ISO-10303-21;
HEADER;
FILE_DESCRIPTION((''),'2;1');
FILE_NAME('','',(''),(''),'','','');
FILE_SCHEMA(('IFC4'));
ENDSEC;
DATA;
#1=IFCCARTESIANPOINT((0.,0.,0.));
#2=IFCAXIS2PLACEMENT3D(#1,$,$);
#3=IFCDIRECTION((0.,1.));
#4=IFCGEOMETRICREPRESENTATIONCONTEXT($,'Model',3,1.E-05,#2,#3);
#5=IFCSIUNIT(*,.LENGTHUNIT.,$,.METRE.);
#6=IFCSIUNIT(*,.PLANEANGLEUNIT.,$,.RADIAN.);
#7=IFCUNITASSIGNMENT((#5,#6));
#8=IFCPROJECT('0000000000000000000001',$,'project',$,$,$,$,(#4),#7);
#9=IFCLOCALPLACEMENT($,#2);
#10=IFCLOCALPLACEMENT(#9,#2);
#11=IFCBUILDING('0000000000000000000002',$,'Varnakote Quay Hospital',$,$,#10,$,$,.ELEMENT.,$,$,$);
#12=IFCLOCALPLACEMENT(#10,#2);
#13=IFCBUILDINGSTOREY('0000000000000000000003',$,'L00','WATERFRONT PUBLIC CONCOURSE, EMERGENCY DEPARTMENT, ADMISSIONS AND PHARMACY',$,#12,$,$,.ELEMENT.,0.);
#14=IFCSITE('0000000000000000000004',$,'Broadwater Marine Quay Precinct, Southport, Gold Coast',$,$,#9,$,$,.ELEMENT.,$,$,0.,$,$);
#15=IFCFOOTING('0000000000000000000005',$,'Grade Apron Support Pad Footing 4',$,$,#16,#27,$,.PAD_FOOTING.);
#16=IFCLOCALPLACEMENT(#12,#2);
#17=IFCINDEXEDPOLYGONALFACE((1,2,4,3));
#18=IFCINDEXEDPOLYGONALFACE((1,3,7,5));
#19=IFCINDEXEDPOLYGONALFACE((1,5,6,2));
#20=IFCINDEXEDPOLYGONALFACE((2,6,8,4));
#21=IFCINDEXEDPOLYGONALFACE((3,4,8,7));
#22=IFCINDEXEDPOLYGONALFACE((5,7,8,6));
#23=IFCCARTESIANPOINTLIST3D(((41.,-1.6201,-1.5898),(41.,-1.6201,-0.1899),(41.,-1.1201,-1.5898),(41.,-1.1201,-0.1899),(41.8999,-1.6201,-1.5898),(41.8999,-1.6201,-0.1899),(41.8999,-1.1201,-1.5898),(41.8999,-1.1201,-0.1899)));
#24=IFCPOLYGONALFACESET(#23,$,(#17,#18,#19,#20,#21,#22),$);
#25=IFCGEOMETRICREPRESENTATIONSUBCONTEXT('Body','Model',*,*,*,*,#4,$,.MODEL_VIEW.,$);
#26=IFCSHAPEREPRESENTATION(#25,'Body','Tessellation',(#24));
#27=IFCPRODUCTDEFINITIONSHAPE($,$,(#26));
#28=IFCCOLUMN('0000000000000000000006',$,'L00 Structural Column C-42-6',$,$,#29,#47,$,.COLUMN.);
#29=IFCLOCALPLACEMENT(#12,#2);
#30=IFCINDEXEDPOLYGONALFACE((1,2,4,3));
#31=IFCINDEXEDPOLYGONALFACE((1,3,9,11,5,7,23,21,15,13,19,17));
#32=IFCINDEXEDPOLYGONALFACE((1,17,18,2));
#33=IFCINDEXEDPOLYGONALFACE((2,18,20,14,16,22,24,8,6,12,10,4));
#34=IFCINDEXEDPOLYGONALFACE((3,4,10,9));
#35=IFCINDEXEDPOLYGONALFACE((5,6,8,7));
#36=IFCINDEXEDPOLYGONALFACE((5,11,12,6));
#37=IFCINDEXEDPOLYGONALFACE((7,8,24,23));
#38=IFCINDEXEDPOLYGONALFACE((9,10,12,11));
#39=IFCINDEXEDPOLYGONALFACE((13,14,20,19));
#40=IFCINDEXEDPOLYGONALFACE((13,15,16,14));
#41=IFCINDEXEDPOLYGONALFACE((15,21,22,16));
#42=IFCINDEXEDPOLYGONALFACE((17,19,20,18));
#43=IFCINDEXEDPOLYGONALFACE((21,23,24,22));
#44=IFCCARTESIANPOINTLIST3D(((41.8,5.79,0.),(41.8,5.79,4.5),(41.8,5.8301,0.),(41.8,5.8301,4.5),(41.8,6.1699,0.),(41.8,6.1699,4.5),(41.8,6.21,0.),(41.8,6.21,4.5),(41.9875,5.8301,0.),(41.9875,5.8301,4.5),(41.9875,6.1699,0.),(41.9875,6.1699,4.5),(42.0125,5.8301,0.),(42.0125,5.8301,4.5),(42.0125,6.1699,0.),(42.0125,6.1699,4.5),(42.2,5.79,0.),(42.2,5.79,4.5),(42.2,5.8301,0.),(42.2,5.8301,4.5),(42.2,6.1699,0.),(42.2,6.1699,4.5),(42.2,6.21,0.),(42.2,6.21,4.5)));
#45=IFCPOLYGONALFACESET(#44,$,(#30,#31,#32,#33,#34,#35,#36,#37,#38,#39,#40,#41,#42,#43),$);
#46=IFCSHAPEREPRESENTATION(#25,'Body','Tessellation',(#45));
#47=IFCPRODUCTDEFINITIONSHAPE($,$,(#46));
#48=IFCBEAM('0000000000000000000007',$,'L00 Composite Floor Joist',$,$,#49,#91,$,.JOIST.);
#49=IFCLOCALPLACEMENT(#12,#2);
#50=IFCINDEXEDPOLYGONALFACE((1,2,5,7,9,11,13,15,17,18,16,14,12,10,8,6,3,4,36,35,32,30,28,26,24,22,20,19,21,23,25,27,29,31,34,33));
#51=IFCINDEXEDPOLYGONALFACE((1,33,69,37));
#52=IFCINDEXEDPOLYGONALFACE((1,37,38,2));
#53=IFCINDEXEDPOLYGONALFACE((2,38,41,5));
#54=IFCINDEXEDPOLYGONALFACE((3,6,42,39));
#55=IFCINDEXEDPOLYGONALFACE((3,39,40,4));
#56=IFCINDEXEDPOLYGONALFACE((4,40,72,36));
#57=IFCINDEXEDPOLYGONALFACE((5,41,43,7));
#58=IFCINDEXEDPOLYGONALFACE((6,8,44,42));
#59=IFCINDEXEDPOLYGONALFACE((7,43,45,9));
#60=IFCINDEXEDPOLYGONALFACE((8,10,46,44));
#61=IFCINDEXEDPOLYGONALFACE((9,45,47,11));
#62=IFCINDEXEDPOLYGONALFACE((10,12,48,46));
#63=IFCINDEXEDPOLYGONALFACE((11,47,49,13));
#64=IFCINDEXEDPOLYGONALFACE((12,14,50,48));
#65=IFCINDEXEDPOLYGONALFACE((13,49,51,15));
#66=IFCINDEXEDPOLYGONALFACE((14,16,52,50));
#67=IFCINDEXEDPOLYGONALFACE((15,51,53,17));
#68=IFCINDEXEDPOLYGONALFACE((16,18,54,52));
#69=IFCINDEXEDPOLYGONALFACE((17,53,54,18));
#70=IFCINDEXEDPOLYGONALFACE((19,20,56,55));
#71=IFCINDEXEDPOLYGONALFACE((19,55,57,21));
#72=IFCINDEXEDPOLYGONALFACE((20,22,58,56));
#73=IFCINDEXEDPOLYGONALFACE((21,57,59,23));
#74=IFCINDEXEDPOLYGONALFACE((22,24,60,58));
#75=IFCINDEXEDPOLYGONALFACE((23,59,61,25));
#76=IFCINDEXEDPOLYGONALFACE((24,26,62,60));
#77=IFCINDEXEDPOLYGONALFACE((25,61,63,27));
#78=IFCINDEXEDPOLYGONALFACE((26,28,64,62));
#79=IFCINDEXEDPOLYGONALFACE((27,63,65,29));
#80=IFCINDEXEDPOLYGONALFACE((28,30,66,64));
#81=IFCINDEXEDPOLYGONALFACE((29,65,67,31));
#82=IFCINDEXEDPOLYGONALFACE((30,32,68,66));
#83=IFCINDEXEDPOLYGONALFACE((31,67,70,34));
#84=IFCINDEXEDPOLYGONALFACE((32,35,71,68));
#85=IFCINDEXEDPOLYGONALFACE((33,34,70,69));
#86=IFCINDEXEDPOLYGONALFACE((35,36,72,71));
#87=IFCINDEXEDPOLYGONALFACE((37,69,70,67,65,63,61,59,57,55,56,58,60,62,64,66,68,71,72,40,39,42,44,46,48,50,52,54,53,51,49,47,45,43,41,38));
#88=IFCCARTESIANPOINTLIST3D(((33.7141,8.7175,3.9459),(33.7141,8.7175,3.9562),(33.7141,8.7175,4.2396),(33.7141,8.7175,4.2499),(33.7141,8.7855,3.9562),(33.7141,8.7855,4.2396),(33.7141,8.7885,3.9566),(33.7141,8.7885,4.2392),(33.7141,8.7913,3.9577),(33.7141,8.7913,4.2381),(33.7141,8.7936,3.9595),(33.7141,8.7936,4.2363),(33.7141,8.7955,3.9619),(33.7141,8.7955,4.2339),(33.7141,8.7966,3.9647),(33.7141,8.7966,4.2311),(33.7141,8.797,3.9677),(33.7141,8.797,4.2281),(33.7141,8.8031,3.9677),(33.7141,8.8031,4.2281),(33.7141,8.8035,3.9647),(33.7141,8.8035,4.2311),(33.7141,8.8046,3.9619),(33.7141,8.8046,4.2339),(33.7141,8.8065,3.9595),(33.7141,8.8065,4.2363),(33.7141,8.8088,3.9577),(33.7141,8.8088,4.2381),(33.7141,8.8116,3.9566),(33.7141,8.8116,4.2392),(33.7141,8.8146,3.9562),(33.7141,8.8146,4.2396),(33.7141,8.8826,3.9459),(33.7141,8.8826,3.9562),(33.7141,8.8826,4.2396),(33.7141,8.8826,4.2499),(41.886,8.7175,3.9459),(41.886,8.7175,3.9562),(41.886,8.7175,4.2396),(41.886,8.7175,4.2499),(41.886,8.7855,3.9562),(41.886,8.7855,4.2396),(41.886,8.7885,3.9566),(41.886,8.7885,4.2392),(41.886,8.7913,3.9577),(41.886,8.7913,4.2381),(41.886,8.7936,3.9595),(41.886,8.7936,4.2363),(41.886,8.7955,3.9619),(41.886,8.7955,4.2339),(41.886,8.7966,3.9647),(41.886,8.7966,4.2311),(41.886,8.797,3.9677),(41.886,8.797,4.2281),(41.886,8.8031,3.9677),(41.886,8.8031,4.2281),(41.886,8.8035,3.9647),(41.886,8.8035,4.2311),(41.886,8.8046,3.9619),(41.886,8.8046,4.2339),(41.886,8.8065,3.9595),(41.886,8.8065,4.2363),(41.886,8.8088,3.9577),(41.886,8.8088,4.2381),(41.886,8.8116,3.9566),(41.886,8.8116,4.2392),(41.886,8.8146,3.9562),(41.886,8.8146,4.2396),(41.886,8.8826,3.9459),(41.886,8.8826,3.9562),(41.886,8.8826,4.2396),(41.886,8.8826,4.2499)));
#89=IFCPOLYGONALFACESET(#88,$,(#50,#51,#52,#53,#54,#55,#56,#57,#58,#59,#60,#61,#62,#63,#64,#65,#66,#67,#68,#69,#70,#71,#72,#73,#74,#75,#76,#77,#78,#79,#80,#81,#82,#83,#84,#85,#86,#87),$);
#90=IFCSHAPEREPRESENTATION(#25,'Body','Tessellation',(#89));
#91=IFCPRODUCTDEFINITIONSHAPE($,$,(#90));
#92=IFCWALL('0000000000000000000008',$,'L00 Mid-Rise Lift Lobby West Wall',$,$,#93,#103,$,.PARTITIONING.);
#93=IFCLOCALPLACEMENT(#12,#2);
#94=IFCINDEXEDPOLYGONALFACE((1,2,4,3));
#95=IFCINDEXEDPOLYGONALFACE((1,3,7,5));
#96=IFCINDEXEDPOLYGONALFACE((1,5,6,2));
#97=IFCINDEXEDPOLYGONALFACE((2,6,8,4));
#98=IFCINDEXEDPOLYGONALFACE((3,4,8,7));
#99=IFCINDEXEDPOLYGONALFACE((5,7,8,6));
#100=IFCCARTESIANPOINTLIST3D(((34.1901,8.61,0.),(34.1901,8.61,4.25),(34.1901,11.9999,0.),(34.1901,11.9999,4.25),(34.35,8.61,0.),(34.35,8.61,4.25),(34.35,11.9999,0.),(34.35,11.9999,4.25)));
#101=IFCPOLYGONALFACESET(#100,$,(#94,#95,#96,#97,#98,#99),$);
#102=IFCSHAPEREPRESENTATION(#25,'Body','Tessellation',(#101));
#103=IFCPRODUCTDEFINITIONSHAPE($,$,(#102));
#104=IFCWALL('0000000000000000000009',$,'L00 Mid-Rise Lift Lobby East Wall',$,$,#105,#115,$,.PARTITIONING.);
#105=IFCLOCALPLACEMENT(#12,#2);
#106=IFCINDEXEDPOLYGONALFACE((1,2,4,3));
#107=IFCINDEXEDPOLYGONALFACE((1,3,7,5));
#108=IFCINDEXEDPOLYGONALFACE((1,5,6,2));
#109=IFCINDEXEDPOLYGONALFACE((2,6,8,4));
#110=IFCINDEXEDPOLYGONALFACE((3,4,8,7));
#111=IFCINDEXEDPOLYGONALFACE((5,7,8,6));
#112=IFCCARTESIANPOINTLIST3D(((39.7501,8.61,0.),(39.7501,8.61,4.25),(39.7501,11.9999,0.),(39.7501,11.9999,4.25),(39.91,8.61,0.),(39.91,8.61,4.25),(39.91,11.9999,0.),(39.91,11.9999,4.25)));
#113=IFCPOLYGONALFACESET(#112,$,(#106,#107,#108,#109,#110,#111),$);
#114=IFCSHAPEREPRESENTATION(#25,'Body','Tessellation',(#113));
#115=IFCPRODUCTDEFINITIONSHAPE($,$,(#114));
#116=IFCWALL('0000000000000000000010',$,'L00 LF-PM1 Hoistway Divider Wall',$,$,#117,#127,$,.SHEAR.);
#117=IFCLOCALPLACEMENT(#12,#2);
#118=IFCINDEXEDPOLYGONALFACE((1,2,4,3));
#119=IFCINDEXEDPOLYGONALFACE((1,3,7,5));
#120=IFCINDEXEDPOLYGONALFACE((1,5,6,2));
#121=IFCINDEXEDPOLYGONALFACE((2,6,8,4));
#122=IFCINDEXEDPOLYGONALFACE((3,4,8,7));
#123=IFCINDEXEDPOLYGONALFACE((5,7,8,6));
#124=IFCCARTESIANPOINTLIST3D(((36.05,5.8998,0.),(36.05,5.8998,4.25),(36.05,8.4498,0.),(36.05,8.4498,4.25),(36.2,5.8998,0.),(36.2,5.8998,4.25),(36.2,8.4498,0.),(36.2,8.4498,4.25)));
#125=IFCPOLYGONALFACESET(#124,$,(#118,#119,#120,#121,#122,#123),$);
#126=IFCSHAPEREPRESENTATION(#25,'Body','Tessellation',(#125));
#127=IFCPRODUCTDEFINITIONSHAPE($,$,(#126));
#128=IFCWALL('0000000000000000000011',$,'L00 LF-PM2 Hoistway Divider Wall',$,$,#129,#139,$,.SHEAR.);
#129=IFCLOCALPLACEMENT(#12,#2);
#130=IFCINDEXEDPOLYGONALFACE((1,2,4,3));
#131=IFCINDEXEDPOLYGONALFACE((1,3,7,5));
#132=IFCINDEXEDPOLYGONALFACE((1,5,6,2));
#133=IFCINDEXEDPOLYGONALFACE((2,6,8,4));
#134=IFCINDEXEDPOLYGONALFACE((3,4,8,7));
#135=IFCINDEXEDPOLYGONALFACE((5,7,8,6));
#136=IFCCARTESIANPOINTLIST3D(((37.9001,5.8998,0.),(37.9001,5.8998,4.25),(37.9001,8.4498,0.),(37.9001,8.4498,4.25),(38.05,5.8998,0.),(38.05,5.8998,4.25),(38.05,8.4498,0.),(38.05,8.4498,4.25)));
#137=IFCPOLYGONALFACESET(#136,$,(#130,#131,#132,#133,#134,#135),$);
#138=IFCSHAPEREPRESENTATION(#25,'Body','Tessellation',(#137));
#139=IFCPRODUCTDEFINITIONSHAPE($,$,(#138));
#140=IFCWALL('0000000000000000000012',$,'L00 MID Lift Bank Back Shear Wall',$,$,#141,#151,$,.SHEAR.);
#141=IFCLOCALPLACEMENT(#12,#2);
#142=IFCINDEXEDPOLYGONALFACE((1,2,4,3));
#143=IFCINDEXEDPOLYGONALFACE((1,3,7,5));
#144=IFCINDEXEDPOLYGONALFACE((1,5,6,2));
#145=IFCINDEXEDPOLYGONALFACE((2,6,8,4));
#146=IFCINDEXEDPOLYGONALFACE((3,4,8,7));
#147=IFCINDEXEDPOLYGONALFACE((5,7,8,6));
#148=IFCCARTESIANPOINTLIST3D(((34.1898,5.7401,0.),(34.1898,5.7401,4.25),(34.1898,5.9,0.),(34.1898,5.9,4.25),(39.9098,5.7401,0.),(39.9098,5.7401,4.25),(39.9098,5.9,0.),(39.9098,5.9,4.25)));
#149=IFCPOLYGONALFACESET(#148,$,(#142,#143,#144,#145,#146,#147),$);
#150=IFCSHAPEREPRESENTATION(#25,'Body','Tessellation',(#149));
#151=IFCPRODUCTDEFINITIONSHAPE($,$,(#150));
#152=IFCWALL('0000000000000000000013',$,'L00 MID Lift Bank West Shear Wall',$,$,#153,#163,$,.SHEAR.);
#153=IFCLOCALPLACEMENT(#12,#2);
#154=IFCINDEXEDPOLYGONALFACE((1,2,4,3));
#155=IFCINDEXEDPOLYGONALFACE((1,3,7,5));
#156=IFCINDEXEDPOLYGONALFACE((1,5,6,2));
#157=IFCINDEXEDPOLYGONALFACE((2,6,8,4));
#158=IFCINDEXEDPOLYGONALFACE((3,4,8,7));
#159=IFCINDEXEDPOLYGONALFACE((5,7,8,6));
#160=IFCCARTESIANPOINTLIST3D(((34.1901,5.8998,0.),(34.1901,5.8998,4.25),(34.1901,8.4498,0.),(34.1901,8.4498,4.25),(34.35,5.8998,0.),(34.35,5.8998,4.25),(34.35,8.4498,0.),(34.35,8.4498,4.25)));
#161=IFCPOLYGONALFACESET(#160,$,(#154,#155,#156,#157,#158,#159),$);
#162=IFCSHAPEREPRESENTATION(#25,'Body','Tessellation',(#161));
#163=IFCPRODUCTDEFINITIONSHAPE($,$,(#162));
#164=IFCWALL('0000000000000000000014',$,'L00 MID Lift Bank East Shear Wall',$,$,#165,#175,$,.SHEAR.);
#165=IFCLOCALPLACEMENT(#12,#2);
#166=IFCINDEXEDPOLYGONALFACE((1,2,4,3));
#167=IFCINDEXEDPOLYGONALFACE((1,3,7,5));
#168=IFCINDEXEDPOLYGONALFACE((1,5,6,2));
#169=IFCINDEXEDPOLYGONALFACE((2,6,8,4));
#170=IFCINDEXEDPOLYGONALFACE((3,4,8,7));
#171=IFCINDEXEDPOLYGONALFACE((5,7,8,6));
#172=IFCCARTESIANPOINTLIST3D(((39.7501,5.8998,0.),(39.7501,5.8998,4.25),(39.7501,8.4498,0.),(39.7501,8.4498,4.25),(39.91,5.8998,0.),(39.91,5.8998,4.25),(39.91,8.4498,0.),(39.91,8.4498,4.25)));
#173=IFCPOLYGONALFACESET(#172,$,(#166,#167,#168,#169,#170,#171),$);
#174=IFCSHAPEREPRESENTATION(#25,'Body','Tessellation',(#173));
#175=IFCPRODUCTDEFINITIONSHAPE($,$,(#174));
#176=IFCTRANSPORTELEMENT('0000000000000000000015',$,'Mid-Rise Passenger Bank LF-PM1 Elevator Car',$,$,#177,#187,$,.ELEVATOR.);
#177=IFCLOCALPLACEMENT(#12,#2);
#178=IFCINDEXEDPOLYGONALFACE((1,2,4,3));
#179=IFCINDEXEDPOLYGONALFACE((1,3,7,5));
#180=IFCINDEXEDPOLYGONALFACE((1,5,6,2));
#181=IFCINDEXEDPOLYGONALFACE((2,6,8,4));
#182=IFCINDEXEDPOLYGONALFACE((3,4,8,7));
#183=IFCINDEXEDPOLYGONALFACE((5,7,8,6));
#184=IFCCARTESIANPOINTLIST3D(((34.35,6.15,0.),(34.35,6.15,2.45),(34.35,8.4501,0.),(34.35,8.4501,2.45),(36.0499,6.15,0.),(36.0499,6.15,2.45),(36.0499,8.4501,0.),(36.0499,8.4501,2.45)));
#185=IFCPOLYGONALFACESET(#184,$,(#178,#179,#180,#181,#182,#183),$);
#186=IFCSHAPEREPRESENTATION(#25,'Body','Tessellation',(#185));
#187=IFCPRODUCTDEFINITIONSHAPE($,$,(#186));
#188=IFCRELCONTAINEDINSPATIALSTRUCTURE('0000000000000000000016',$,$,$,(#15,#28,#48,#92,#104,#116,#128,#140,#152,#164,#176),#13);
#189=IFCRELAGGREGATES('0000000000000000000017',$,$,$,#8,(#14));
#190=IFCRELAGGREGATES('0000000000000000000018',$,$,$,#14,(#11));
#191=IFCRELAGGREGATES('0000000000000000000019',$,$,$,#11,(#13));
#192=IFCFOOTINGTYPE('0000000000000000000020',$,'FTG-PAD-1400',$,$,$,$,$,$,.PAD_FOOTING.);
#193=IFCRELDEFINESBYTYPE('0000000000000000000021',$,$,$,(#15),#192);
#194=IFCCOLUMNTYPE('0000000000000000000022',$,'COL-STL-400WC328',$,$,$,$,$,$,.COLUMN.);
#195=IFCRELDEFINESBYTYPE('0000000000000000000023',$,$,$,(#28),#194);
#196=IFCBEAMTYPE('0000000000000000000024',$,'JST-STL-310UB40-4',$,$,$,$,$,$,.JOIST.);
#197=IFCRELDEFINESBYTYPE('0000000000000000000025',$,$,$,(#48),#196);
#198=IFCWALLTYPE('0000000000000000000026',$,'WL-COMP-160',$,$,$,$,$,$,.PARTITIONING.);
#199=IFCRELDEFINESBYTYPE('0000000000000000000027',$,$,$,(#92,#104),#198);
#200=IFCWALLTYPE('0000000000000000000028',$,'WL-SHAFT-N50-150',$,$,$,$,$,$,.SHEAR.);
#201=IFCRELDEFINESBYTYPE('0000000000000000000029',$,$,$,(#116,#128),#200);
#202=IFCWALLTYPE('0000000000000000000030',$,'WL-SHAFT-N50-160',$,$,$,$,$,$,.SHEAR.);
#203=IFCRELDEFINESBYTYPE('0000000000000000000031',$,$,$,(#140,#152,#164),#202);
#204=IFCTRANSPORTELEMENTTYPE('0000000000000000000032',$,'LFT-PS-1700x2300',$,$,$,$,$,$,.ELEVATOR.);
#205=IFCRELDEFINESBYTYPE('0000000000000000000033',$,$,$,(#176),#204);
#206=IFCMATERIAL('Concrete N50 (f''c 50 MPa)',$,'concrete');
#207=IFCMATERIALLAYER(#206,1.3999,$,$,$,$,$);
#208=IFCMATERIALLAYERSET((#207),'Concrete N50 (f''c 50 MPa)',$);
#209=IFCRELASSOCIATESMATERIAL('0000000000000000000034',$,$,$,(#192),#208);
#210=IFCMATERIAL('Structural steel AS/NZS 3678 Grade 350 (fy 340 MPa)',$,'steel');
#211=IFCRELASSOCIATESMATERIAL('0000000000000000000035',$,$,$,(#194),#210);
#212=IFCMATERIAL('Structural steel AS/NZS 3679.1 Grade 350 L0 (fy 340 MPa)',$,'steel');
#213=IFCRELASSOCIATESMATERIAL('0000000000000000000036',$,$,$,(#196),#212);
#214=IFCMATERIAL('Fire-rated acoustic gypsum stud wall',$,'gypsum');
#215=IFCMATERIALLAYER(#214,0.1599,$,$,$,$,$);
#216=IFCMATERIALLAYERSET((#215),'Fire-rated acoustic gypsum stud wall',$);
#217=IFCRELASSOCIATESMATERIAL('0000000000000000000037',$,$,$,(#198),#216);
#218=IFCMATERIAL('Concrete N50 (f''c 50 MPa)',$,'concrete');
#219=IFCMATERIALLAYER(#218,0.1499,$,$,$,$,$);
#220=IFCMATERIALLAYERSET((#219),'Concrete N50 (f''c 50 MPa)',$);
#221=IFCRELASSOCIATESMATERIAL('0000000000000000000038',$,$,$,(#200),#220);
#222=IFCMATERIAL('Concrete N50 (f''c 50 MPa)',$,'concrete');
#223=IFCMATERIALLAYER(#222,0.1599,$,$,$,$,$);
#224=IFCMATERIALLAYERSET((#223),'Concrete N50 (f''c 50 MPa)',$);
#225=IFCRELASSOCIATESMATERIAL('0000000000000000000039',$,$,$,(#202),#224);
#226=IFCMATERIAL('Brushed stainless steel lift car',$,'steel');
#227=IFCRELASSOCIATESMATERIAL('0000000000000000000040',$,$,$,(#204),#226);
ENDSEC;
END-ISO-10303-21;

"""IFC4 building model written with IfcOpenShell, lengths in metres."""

from ifc_helpers import new_model, si_unit, direction, frame, frame_2d, origin, origin_2d, place, context, subcontext, project, spatial, rectangle, i_section, extrude, material, layer, layer_set, material_profile, profile_set, type_object, element, save


model = new_model("IFC4")

# Units and contexts
model_context = context("Model", 3, precision=1e-05, world=origin(), true_north=direction((0.0, 1.0)))
body_context = subcontext(model_context, "Body", "Model", "MODEL_VIEW")
ifc_project = project(units=[si_unit("LENGTHUNIT", "METRE"), si_unit("PLANEANGLEUNIT", "RADIAN")], contexts=[model_context])

# Site, building, storey
site_placement = place(None, origin())
site = spatial("IfcSite", under=ifc_project, at=site_placement, Name="Broadwater Marine Quay Precinct, Southport, Gold Coast", CompositionType="ELEMENT", RefElevation=0.0)
building_placement = place(site_placement, origin())
building = spatial("IfcBuilding", under=site, at=building_placement, Name="Varnakote Quay Hospital", CompositionType="ELEMENT")
storey_placement = place(building_placement, origin())
storey = spatial("IfcBuildingStorey", under=building, at=storey_placement, Name="L00", Description="WATERFRONT PUBLIC CONCOURSE, EMERGENCY DEPARTMENT, ADMISSIONS AND PHARMACY", CompositionType="ELEMENT", Elevation=0.0)

# Footing
ifc_material_1 = material(Name="Concrete N50 (f'c 50 MPa)", Category="concrete")
ifc_layer_1 = layer(ifc_material_1, 1.3999)
ifc_layer_set_1 = layer_set([ifc_layer_1], Name="Concrete N50 (f'c 50 MPa)")
footing_type = type_object("IfcFootingType", Name="FTG-PAD-1400", PredefinedType="PAD_FOOTING", material=ifc_layer_set_1)
footing_placement = place(storey_placement, frame((41.45, -1.3701, -1.5898), z_axis=(0.0, 0.0, 1.0), x_axis=(1.0, 0.0, 0.0)))
element("IfcFooting", 1, at=footing_placement, inside=storey, type_object=footing_type, Name="Grade Apron Support Pad Footing 4", PredefinedType="PAD_FOOTING", context=body_context, shape_type="SweptSolid", body=[
    extrude(rectangle(XDim=0.8999, YDim=0.5, at=origin_2d()), origin(), (0.0, 0.0, 1.0), 1.3999),
])

# Column
ifc_material_2 = material(Name="Structural steel AS/NZS 3678 Grade 350 (fy 340 MPa)", Category="steel")
ifc_material_profile_1 = material_profile(ifc_material_2, i_section(OverallWidth=0.3999, OverallDepth=0.4199, WebThickness=0.0249, FlangeThickness=0.04, at=origin_2d()), Name="400WC328")
ifc_profile_set_1 = profile_set([ifc_material_profile_1], Name="Structural steel AS/NZS 3678 Grade 350 (fy 340 MPa)")
column_type = type_object("IfcColumnType", Name="COL-STL-400WC328", PredefinedType="COLUMN", material=ifc_profile_set_1)
column_placement = place(storey_placement, frame((42.0, 6.0, 0.0), z_axis=(0.0, 0.0, 1.0), x_axis=(1.0, 0.0, 0.0)))
element("IfcColumn", 2, at=column_placement, inside=storey, type_object=column_type, Name="L00 Structural Column C-42-6", PredefinedType="COLUMN", context=body_context, shape_type="SweptSolid", body=[
    extrude(i_section(OverallWidth=0.3999, OverallDepth=0.4199, WebThickness=0.0249, FlangeThickness=0.04, at=origin_2d()), origin(), (0.0, 0.0, 1.0), 4.5),
])

# Beam
ifc_material_3 = material(Name="Structural steel AS/NZS 3679.1 Grade 350 L0 (fy 340 MPa)", Category="steel")
ifc_material_profile_2 = material_profile(ifc_material_3, i_section(OverallWidth=0.165, OverallDepth=0.304, WebThickness=0.0061, FlangeThickness=0.0103, FilletRadius=0.0115, at=origin_2d()), Name="310UB40.4")
ifc_profile_set_2 = profile_set([ifc_material_profile_2], Name="Structural steel AS/NZS 3679.1 Grade 350 L0 (fy 340 MPa)")
beam_type = type_object("IfcBeamType", Name="JST-STL-310UB40-4", PredefinedType="JOIST", material=ifc_profile_set_2)
beam_placement = place(storey_placement, frame((33.7141, 8.8, 4.0979), z_axis=(1.0, 0.0, 0.0), x_axis=(0.0, 1.0, 0.0)))
element("IfcBeam", 3, at=beam_placement, inside=storey, type_object=beam_type, Name="L00 Composite Floor Joist", PredefinedType="JOIST", context=body_context, shape_type="SweptSolid", body=[
    extrude(i_section(OverallWidth=0.165, OverallDepth=0.304, WebThickness=0.0061, FlangeThickness=0.0103, FilletRadius=0.0115, at=origin_2d()), origin(), (0.0, 0.0, 1.0), 8.1719),
])

# Walls
ifc_material_4 = material(Name="Fire-rated acoustic gypsum stud wall", Category="gypsum")
ifc_layer_2 = layer(ifc_material_4, 0.1599)
ifc_layer_set_2 = layer_set([ifc_layer_2], Name="Fire-rated acoustic gypsum stud wall")
wall_type_1 = type_object("IfcWallType", Name="WL-COMP-160", PredefinedType="PARTITIONING", material=ifc_layer_set_2)
for number, where, z_axis, x_axis, name in (
    (4, (34.27, 8.6101, 0.0), (0.0, 0.0, 1.0), (0.0, 1.0, 0.0), "L00 Mid-Rise Lift Lobby West Wall"),
    (5, (39.8301, 8.6101, 0.0), (0.0, 0.0, 1.0), (0.0, 1.0, 0.0), "L00 Mid-Rise Lift Lobby East Wall"),
):
    element("IfcWall", number, at=place(storey_placement, frame(where, z_axis=z_axis, x_axis=x_axis)), inside=storey, type_object=wall_type_1, Name=name, PredefinedType="PARTITIONING", context=body_context, shape_type="SweptSolid", body=[
        extrude(rectangle(XDim=3.3899, YDim=0.1599, at=frame_2d((1.6948, 0.0))), origin(), (0.0, 0.0, 1.0), 4.25),
    ])
ifc_material_5 = material(Name="Concrete N50 (f'c 50 MPa)", Category="concrete")
ifc_layer_3 = layer(ifc_material_5, 0.1499)
ifc_layer_set_3 = layer_set([ifc_layer_3], Name="Concrete N50 (f'c 50 MPa)")
wall_type_2 = type_object("IfcWallType", Name="WL-SHAFT-N50-150", PredefinedType="SHEAR", material=ifc_layer_set_3)
for number, where, z_axis, x_axis, name in (
    (6, (36.125, 5.8999, 0.0), (0.0, 0.0, 1.0), (0.0, 1.0, 0.0), "L00 LF-PM1 Hoistway Divider Wall"),
    (7, (37.9751, 5.8999, 0.0), (0.0, 0.0, 1.0), (0.0, 1.0, 0.0), "L00 LF-PM2 Hoistway Divider Wall"),
):
    element("IfcWall", number, at=place(storey_placement, frame(where, z_axis=z_axis, x_axis=x_axis)), inside=storey, type_object=wall_type_2, Name=name, PredefinedType="SHEAR", context=body_context, shape_type="SweptSolid", body=[
        extrude(rectangle(XDim=2.55, YDim=0.1499, at=frame_2d((1.2749, 0.0))), origin(), (0.0, 0.0, 1.0), 4.25),
    ])
ifc_material_6 = material(Name="Concrete N50 (f'c 50 MPa)", Category="concrete")
ifc_layer_4 = layer(ifc_material_6, 0.1599)
ifc_layer_set_4 = layer_set([ifc_layer_4], Name="Concrete N50 (f'c 50 MPa)")
wall_type_3 = type_object("IfcWallType", Name="WL-SHAFT-N50-160", PredefinedType="SHEAR", material=ifc_layer_set_4)
wall_1_placement = place(storey_placement, frame((34.1899, 5.8201, 0.0), z_axis=(0.0, 0.0, 1.0), x_axis=(1.0, 0.0, 0.0)))
element("IfcWall", 8, at=wall_1_placement, inside=storey, type_object=wall_type_3, Name="L00 MID Lift Bank Back Shear Wall", PredefinedType="SHEAR", context=body_context, shape_type="SweptSolid", body=[
    extrude(rectangle(XDim=5.72, YDim=0.1599, at=frame_2d((2.8599, 0.0))), origin(), (0.0, 0.0, 1.0), 4.25),
])
for number, where, z_axis, x_axis, name in (
    (9, (34.27, 5.8999, 0.0), (0.0, 0.0, 1.0), (0.0, 1.0, 0.0), "L00 MID Lift Bank West Shear Wall"),
    (10, (39.8301, 5.8999, 0.0), (0.0, 0.0, 1.0), (0.0, 1.0, 0.0), "L00 MID Lift Bank East Shear Wall"),
):
    element("IfcWall", number, at=place(storey_placement, frame(where, z_axis=z_axis, x_axis=x_axis)), inside=storey, type_object=wall_type_3, Name=name, PredefinedType="SHEAR", context=body_context, shape_type="SweptSolid", body=[
        extrude(rectangle(XDim=2.55, YDim=0.1599, at=frame_2d((1.2749, 0.0))), origin(), (0.0, 0.0, 1.0), 4.25),
    ])

# Transport element
ifc_material_7 = material(Name="Brushed stainless steel lift car", Category="steel")
transport_element_type = type_object("IfcTransportElementType", Name="LFT-PS-1700x2300", PredefinedType="ELEVATOR", material=ifc_material_7)
for number, where, z_axis, x_axis, name in (
    (11, (35.2, 7.3, 0.0), (0.0, 0.0, 1.0), (1.0, 0.0, 0.0), "Mid-Rise Passenger Bank LF-PM1 Elevator Car"),
):
    element("IfcTransportElement", number, at=place(storey_placement, frame(where, z_axis=z_axis, x_axis=x_axis)), inside=storey, type_object=transport_element_type, Name=name, PredefinedType="ELEVATOR", context=body_context, shape_type="SweptSolid", body=[
        extrude(rectangle(XDim=1.7, YDim=2.3, at=origin_2d()), origin(), (0.0, 0.0, 1.0), 2.45),
    ])

save(model, "model.ifc")
